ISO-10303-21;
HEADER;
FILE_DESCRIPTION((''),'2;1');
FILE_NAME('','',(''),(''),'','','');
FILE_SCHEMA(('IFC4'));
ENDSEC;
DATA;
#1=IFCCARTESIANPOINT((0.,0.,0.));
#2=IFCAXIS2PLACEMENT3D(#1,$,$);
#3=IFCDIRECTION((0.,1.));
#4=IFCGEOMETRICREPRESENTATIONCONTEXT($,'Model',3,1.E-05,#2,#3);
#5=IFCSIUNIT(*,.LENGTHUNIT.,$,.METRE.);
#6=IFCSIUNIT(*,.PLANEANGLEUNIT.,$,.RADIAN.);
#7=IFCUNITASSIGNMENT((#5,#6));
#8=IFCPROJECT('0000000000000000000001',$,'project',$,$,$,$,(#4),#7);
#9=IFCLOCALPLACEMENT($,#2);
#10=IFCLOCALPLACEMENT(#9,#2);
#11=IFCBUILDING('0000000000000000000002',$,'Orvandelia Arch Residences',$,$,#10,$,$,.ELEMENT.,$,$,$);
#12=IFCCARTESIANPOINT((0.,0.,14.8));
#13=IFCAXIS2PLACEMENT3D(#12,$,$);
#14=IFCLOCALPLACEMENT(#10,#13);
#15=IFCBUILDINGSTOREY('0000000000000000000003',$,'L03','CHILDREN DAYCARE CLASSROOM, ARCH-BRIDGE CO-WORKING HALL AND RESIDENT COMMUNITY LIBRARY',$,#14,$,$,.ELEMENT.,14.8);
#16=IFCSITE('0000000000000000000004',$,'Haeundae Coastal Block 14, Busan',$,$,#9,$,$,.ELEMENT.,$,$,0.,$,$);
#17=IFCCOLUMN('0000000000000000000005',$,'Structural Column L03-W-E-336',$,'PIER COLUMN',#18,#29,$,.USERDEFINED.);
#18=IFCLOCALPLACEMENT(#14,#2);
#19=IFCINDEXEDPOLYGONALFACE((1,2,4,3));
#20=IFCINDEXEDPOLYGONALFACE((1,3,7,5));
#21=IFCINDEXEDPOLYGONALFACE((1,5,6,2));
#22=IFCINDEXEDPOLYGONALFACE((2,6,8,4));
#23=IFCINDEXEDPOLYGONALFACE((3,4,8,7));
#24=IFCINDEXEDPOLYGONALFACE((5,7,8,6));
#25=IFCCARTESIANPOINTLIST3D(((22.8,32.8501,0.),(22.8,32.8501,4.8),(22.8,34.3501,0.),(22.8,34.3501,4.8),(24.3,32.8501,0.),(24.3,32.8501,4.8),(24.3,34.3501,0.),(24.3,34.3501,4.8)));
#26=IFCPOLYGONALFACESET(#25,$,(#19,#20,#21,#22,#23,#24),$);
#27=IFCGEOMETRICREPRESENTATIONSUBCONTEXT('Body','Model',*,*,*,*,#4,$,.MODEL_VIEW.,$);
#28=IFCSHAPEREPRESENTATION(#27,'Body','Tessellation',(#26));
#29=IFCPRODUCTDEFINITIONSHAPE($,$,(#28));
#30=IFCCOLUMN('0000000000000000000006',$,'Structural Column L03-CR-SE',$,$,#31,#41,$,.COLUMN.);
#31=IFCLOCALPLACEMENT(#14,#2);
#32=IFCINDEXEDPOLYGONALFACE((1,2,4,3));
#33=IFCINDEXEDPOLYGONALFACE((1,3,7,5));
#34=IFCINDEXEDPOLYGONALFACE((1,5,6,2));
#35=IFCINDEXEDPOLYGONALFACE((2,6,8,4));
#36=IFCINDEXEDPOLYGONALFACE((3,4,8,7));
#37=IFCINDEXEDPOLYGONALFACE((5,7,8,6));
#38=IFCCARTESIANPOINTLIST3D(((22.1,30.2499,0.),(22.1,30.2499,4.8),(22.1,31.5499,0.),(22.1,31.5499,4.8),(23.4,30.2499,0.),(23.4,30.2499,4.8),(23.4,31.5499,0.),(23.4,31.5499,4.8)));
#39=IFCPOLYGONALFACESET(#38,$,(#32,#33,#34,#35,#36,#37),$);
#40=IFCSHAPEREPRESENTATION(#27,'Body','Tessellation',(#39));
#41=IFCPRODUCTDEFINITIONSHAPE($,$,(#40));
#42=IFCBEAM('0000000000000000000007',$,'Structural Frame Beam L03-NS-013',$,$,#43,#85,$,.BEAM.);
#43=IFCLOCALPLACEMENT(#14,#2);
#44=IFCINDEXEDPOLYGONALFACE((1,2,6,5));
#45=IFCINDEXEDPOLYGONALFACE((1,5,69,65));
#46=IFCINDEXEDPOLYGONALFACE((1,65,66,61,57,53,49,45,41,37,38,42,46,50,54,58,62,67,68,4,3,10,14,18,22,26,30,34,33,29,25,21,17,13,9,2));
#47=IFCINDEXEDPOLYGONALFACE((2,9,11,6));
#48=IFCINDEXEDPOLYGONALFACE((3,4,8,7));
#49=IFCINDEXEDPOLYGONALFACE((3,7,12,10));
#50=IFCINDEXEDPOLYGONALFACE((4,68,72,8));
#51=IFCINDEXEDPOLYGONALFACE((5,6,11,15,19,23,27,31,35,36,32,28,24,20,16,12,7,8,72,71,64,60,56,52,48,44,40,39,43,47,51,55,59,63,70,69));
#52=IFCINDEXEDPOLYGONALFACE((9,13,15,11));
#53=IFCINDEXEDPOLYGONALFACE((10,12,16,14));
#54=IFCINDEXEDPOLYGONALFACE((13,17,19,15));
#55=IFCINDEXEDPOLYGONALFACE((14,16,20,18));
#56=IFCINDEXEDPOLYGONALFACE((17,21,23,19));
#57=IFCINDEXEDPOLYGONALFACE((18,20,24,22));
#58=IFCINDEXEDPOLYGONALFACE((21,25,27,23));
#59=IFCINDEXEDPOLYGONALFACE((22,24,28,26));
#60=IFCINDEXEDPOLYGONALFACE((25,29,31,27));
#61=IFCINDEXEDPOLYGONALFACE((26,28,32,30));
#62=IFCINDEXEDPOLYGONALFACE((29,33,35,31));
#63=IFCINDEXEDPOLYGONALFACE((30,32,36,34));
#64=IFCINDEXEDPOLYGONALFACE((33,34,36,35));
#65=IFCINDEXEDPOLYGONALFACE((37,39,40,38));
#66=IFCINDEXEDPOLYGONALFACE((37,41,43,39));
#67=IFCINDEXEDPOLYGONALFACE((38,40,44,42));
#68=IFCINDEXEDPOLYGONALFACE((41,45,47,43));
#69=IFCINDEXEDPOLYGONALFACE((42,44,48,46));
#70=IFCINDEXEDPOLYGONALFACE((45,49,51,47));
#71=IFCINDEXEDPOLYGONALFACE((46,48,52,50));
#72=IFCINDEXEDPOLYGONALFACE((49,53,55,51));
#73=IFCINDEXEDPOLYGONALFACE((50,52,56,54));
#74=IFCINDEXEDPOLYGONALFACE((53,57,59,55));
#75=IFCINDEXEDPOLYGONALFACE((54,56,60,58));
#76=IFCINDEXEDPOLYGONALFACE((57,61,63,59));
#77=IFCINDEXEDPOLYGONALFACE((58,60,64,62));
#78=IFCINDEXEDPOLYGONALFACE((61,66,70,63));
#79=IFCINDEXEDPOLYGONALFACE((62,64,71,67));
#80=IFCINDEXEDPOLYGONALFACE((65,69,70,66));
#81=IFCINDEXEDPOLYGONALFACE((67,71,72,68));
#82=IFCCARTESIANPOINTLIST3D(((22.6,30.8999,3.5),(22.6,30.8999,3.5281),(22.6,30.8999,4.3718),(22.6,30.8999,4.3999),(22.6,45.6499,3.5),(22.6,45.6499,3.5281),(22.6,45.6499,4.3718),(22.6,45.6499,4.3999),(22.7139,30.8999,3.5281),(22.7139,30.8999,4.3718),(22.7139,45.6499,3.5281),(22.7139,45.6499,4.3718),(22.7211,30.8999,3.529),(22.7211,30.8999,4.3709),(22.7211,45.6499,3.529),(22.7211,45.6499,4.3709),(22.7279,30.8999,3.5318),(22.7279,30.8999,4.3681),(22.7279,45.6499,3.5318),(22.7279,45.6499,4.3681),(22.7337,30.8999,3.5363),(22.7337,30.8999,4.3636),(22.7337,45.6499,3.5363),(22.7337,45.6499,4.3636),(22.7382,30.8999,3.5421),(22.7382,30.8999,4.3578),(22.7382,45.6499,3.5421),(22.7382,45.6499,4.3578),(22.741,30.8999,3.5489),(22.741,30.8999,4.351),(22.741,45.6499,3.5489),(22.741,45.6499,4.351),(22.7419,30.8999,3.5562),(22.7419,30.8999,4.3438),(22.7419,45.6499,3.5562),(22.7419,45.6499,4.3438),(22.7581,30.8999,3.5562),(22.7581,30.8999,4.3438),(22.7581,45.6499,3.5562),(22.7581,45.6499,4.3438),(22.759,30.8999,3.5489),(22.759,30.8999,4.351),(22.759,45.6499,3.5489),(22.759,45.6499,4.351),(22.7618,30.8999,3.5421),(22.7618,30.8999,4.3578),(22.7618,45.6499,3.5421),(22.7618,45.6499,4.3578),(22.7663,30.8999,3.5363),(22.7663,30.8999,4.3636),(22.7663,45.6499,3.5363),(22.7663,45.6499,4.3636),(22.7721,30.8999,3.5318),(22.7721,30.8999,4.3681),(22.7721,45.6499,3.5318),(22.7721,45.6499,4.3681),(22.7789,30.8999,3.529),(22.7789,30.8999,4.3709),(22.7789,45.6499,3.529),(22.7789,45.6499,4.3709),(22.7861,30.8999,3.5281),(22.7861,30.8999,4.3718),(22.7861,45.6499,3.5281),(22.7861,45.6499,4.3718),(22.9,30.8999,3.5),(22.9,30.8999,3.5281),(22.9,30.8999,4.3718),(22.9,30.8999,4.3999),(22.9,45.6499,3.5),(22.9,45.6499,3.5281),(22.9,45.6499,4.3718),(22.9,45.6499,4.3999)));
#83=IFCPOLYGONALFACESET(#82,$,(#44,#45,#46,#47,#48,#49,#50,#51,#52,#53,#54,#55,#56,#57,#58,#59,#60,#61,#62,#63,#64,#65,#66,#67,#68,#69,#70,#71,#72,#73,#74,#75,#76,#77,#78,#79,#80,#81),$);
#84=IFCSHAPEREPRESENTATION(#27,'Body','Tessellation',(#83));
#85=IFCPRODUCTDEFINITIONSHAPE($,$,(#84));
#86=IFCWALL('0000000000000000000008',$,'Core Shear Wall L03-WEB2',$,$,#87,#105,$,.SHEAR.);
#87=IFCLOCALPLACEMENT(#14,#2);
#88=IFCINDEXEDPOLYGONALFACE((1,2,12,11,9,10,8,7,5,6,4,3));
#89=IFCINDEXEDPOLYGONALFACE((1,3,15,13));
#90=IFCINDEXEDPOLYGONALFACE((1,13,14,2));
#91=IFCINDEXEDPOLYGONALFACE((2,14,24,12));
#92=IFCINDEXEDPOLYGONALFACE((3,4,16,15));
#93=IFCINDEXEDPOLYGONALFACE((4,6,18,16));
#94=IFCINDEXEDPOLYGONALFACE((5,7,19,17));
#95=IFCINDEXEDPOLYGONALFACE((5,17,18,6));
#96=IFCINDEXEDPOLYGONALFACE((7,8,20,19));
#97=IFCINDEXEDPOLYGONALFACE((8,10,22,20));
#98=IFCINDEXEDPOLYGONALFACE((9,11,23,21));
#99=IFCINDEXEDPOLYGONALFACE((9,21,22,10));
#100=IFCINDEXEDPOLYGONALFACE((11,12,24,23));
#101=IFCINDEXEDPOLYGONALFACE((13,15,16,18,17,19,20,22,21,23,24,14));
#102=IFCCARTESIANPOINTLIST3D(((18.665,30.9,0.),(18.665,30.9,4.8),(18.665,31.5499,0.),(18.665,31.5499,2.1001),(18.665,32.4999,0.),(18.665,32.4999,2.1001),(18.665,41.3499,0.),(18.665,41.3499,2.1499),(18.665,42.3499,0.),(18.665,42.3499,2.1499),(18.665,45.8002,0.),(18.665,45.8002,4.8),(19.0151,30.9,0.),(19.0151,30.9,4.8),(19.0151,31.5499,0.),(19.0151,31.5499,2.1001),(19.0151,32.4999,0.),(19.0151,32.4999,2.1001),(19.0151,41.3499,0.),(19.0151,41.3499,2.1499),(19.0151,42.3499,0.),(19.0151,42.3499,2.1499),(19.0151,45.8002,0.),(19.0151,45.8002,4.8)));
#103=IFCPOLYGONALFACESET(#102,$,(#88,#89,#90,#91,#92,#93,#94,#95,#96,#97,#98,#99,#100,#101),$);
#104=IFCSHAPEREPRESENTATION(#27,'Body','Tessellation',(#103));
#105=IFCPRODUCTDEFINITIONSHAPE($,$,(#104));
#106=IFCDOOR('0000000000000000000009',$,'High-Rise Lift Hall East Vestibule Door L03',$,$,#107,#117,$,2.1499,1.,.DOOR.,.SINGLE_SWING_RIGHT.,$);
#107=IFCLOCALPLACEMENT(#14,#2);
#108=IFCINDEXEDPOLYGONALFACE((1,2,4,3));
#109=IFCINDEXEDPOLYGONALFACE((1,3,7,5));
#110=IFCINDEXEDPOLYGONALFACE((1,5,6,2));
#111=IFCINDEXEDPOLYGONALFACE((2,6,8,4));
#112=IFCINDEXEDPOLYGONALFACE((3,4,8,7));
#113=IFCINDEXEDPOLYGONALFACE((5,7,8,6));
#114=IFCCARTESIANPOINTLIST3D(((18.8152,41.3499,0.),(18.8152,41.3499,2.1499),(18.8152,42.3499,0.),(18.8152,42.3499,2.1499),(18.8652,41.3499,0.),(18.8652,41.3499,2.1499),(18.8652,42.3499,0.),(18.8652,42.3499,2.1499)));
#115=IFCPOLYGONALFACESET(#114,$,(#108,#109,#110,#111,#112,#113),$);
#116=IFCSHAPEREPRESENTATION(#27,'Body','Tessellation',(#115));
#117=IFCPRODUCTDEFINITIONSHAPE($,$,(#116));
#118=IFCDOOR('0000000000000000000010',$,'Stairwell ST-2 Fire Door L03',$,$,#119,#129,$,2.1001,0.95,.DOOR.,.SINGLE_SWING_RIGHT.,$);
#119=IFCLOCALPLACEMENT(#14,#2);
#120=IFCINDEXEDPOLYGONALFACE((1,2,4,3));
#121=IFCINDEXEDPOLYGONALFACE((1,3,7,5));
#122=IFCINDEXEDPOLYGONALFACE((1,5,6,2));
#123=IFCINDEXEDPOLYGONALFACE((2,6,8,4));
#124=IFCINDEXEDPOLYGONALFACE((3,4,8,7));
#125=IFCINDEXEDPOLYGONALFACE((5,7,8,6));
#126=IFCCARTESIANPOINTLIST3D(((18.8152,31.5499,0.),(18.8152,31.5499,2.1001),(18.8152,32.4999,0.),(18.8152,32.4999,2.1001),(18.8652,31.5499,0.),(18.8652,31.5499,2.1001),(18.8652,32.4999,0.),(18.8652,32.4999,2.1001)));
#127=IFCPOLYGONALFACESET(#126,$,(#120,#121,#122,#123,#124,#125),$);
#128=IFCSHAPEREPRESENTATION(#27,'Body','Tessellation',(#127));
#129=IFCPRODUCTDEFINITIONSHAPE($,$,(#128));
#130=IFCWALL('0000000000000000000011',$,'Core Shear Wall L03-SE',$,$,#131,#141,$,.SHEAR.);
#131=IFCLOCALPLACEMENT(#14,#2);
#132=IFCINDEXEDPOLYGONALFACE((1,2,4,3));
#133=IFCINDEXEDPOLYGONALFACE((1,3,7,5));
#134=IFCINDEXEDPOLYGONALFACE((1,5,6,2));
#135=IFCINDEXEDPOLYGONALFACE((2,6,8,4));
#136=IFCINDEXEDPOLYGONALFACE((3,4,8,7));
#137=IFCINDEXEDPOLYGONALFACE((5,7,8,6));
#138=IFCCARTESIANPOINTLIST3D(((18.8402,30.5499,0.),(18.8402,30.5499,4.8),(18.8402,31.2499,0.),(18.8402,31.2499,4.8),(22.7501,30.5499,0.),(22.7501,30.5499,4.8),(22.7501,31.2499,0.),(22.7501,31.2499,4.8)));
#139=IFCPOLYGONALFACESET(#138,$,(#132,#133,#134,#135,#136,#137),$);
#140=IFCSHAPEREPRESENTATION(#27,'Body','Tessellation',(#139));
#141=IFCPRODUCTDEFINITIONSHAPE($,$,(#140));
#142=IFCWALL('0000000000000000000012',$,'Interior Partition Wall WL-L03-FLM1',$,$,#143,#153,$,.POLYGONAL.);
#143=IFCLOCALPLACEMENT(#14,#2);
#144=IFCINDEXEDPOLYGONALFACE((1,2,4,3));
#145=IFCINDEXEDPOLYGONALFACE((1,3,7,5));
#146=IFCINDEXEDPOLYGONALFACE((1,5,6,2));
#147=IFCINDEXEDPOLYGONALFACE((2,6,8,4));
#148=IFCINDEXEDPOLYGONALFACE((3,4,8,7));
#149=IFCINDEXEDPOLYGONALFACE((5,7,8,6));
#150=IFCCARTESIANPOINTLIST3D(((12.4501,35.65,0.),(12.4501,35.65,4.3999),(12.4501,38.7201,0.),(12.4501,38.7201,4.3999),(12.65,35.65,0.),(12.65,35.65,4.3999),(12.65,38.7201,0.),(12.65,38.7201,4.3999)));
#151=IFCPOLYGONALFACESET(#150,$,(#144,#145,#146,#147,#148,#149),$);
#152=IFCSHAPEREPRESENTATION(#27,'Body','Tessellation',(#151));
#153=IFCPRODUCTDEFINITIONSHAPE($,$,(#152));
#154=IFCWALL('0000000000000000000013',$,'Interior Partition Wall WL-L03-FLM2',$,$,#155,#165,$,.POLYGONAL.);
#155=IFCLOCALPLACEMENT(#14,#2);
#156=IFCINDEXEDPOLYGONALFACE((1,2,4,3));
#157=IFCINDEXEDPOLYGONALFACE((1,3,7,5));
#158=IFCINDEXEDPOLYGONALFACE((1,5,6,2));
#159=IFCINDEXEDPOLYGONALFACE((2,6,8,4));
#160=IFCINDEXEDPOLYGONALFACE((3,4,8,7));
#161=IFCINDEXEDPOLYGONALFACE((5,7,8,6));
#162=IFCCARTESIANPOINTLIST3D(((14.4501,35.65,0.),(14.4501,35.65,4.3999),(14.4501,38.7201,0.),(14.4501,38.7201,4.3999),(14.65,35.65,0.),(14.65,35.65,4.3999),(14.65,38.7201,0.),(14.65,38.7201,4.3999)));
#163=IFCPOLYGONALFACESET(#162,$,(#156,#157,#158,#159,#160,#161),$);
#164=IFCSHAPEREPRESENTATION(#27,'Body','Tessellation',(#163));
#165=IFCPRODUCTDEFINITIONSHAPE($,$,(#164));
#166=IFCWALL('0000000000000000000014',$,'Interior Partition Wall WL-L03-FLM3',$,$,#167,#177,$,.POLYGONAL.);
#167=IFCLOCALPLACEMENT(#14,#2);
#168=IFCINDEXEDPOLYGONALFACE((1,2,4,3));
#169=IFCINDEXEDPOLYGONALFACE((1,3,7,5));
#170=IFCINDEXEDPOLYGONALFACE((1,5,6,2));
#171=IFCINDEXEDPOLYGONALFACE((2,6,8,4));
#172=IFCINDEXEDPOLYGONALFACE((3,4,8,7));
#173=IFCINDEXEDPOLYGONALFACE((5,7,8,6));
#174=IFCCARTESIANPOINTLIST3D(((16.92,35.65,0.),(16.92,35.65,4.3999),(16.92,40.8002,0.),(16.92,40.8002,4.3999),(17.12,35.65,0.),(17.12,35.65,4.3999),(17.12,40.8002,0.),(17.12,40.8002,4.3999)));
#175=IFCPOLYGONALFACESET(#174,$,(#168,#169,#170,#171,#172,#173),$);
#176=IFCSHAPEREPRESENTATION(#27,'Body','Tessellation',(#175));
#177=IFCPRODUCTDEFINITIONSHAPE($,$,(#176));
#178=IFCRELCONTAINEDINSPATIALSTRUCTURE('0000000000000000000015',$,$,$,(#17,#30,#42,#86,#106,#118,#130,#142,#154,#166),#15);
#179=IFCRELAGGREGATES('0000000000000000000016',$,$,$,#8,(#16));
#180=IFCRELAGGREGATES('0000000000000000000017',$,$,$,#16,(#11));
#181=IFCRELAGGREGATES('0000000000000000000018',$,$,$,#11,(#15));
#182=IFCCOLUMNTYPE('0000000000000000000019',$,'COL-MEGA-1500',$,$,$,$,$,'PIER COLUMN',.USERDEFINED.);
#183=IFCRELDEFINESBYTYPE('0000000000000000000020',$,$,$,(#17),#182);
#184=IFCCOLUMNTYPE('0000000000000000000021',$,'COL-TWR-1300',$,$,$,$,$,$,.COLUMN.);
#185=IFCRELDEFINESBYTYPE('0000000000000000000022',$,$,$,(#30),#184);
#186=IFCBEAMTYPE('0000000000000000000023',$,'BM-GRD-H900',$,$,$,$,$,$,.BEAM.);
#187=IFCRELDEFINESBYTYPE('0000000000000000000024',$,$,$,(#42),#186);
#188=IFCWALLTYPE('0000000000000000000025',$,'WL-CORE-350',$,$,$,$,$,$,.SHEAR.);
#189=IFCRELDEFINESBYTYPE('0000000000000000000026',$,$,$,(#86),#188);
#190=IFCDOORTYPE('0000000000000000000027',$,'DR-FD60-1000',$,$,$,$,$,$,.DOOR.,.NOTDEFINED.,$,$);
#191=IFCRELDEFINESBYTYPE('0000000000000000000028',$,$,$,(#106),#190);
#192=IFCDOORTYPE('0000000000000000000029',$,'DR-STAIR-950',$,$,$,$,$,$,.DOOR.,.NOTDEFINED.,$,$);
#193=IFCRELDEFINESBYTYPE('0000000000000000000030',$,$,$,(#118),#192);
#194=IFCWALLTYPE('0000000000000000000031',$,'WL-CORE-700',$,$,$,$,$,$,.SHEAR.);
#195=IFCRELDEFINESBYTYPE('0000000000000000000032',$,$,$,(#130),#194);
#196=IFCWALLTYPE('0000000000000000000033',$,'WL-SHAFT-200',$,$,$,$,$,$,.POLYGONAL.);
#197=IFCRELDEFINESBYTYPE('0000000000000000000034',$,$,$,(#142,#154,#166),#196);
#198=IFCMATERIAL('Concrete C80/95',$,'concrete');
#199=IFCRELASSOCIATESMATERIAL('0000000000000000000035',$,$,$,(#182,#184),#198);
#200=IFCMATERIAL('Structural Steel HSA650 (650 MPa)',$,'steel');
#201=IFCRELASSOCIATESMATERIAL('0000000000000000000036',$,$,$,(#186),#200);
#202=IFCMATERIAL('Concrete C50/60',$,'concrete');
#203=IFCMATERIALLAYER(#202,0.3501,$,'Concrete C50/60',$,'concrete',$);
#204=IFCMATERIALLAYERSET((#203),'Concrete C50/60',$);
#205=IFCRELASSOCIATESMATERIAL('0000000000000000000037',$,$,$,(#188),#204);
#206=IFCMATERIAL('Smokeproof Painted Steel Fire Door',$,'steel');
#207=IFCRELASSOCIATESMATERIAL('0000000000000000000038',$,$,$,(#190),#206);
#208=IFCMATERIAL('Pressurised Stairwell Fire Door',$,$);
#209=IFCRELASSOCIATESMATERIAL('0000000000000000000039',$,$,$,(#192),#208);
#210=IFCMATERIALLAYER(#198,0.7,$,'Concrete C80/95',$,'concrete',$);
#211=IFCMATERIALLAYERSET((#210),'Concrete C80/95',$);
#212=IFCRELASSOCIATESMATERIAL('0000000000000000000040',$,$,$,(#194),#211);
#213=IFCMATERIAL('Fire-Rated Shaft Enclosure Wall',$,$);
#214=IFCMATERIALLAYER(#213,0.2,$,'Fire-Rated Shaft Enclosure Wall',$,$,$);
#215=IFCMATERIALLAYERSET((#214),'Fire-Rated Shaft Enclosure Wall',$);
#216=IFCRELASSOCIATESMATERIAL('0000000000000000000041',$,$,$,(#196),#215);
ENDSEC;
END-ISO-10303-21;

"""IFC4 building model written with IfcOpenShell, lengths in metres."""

from ifc_helpers import new_model, si_unit, direction, frame, frame_2d, origin, origin_2d, place, context, subcontext, project, spatial, rectangle, i_section, extrude, material, layer, layer_set, material_profile, profile_set, type_object, element, fill, save


model = new_model("IFC4")

# Units and contexts
model_context = context("Model", 3, precision=1e-05, world=origin(), true_north=direction((0.0, 1.0)))
body_context = subcontext(model_context, "Body", "Model", "MODEL_VIEW")
ifc_project = project(units=[si_unit("LENGTHUNIT", "METRE"), si_unit("PLANEANGLEUNIT", "RADIAN")], contexts=[model_context])

# Site, building, storey
site_placement = place(None, origin())
site = spatial("IfcSite", under=ifc_project, at=site_placement, Name="Haeundae Coastal Block 14, Busan", CompositionType="ELEMENT", RefElevation=0.0)
building_placement = place(site_placement, origin())
building = spatial("IfcBuilding", under=site, at=building_placement, Name="Orvandelia Arch Residences", CompositionType="ELEMENT")
storey_placement = place(building_placement, frame((0.0, 0.0, 14.8)))
storey = spatial("IfcBuildingStorey", under=building, at=storey_placement, Name="L03", Description="CHILDREN DAYCARE CLASSROOM, ARCH-BRIDGE CO-WORKING HALL AND RESIDENT COMMUNITY LIBRARY", CompositionType="ELEMENT", Elevation=14.8)

# Columns
ifc_material_1 = material(Name="Concrete C80/95", Category="concrete")
ifc_material_profile_1 = material_profile(ifc_material_1, rectangle(XDim=1.5, YDim=1.5, at=origin_2d()), Name="Concrete C80/95", Category="concrete")
ifc_profile_set_1 = profile_set([ifc_material_profile_1], Name="Concrete C80/95")
column_type_1 = type_object("IfcColumnType", Name="COL-MEGA-1500", ElementType="PIER COLUMN", PredefinedType="USERDEFINED", material=ifc_profile_set_1)
column_1_placement = place(storey_placement, frame((23.55, 33.6001, 0.0), z_axis=(0.0, 0.0, 1.0), x_axis=(1.0, 0.0, 0.0)))
element("IfcColumn", 1, at=column_1_placement, inside=storey, type_object=column_type_1, Name="Structural Column L03-W-E-336", ObjectType="PIER COLUMN", PredefinedType="USERDEFINED", context=body_context, shape_type="SweptSolid", body=[
    extrude(rectangle(XDim=1.5, YDim=1.5, at=origin_2d()), origin(), (0.0, 0.0, 1.0), 4.8),
])
ifc_material_profile_2 = material_profile(ifc_material_1, rectangle(XDim=1.3, YDim=1.3, at=origin_2d()), Name="Concrete C80/95", Category="concrete")
ifc_profile_set_2 = profile_set([ifc_material_profile_2], Name="Concrete C80/95")
column_type_2 = type_object("IfcColumnType", Name="COL-TWR-1300", PredefinedType="COLUMN", material=ifc_profile_set_2)
column_2_placement = place(storey_placement, frame((22.75, 30.8999, 0.0), z_axis=(0.0, 0.0, 1.0), x_axis=(1.0, 0.0, 0.0)))
element("IfcColumn", 2, at=column_2_placement, inside=storey, type_object=column_type_2, Name="Structural Column L03-CR-SE", PredefinedType="COLUMN", context=body_context, shape_type="SweptSolid", body=[
    extrude(rectangle(XDim=1.3, YDim=1.3, at=origin_2d()), origin(), (0.0, 0.0, 1.0), 4.8),
])

# Beam
ifc_material_2 = material(Name="Structural Steel HSA650 (650 MPa)", Category="steel")
ifc_material_profile_3 = material_profile(ifc_material_2, i_section(OverallWidth=0.3, OverallDepth=0.8999, WebThickness=0.0161, FlangeThickness=0.0281, FilletRadius=0.0281, at=origin_2d()), Name="Structural Steel HSA650 (650 MPa)", Category="steel")
ifc_profile_set_3 = profile_set([ifc_material_profile_3], Name="Structural Steel HSA650 (650 MPa)")
beam_type = type_object("IfcBeamType", Name="BM-GRD-H900", PredefinedType="BEAM", material=ifc_profile_set_3)
beam_placement = place(storey_placement, frame((22.75, 30.8999, 3.95), z_axis=(0.0, 1.0, 0.0), x_axis=(-1.0, 0.0, 0.0)))
element("IfcBeam", 3, at=beam_placement, inside=storey, type_object=beam_type, Name="Structural Frame Beam L03-NS-013", PredefinedType="BEAM", context=body_context, shape_type="SweptSolid", body=[
    extrude(i_section(OverallWidth=0.3, OverallDepth=0.8999, WebThickness=0.0161, FlangeThickness=0.0281, FilletRadius=0.0281, at=origin_2d()), origin(), (0.0, 0.0, 1.0), 14.75),
])

# Wall, openings, doors
ifc_material_3 = material(Name="Concrete C50/60", Category="concrete")
ifc_layer_1 = layer(ifc_material_3, 0.3501, Name="Concrete C50/60", Category="concrete")
ifc_layer_set_1 = layer_set([ifc_layer_1], Name="Concrete C50/60")
wall_type_1 = type_object("IfcWallType", Name="WL-CORE-350", PredefinedType="SHEAR", material=ifc_layer_set_1)
wall_1_placement = place(storey_placement, frame((18.8401, 30.8999, 0.0), z_axis=(0.0, 0.0, 1.0), x_axis=(0.0, 1.0, 0.0)))
wall_1 = element("IfcWall", 4, at=wall_1_placement, inside=storey, type_object=wall_type_1, Name="Core Shear Wall L03-WEB2", PredefinedType="SHEAR", context=body_context, shape_type="SweptSolid", body=[
    extrude(rectangle(XDim=14.9001, YDim=0.3501, at=frame_2d((7.4502, 0.0))), origin(), (0.0, 0.0, 1.0), 4.8),
])
opening_1_placement = place(wall_1_placement, frame((0.6499, 0.0, 0.0)))
opening_1 = element("IfcOpeningElement", 5, at=opening_1_placement, cuts=wall_1, PredefinedType="OPENING", context=body_context, shape_type="SweptSolid", body=[
    extrude(rectangle(XDim=0.95, YDim=2.1001, at=frame_2d((0.4751, 1.05))), frame((0.0, 0.1851, 0.0), z_axis=(0.0, -1.0, 0.0), x_axis=(1.0, 0.0, 0.0)), (0.0, 0.0, 1.0), 0.3701),
])
opening_2_placement = place(wall_1_placement, frame((10.45, 0.0, 0.0)))
opening_2 = element("IfcOpeningElement", 6, at=opening_2_placement, cuts=wall_1, PredefinedType="OPENING", context=body_context, shape_type="SweptSolid", body=[
    extrude(rectangle(XDim=1.0, YDim=2.1499, at=frame_2d((0.5, 1.075))), frame((0.0, 0.1851, 0.0), z_axis=(0.0, -1.0, 0.0), x_axis=(1.0, 0.0, 0.0)), (0.0, 0.0, 1.0), 0.3701),
])
ifc_material_4 = material(Name="Smokeproof Painted Steel Fire Door", Category="steel")
door_type_1 = type_object("IfcDoorType", Name="DR-FD60-1000", OperationType="NOTDEFINED", PredefinedType="DOOR", material=ifc_material_4)
door_1_placement = place(opening_2_placement, origin())
door_1 = element("IfcDoor", 7, at=door_1_placement, inside=storey, type_object=door_type_1, Name="High-Rise Lift Hall East Vestibule Door L03", OperationType="SINGLE_SWING_RIGHT", OverallHeight=2.1499, OverallWidth=1.0, PredefinedType="DOOR", context=body_context, shape_type="SweptSolid", body=[
    extrude(rectangle(XDim=1.0, YDim=2.1499, at=frame_2d((0.5, 1.075))), frame((0.0, 0.0249, 0.0), z_axis=(0.0, -1.0, 0.0), x_axis=(1.0, 0.0, 0.0)), (0.0, 0.0, 1.0), 0.05),
])
fill(opening_2, door_1)
ifc_material_5 = material(Name="Pressurised Stairwell Fire Door")
door_type_2 = type_object("IfcDoorType", Name="DR-STAIR-950", OperationType="NOTDEFINED", PredefinedType="DOOR", material=ifc_material_5)
door_2_placement = place(opening_1_placement, origin())
door_2 = element("IfcDoor", 8, at=door_2_placement, inside=storey, type_object=door_type_2, Name="Stairwell ST-2 Fire Door L03", OperationType="SINGLE_SWING_RIGHT", OverallHeight=2.1001, OverallWidth=0.95, PredefinedType="DOOR", context=body_context, shape_type="SweptSolid", body=[
    extrude(rectangle(XDim=0.95, YDim=2.1001, at=frame_2d((0.4751, 1.05))), frame((0.0, 0.0249, 0.0), z_axis=(0.0, -1.0, 0.0), x_axis=(1.0, 0.0, 0.0)), (0.0, 0.0, 1.0), 0.05),
])
fill(opening_1, door_2)

# Walls
ifc_layer_2 = layer(ifc_material_1, 0.7, Name="Concrete C80/95", Category="concrete")
ifc_layer_set_2 = layer_set([ifc_layer_2], Name="Concrete C80/95")
wall_type_2 = type_object("IfcWallType", Name="WL-CORE-700", PredefinedType="SHEAR", material=ifc_layer_set_2)
wall_2_placement = place(storey_placement, frame((18.8401, 30.8999, 0.0), z_axis=(0.0, 0.0, 1.0), x_axis=(1.0, 0.0, 0.0)))
element("IfcWall", 9, at=wall_2_placement, inside=storey, type_object=wall_type_2, Name="Core Shear Wall L03-SE", PredefinedType="SHEAR", context=body_context, shape_type="SweptSolid", body=[
    extrude(rectangle(XDim=3.9099, YDim=0.7, at=frame_2d((1.9551, 0.0))), origin(), (0.0, 0.0, 1.0), 4.8),
])
ifc_material_6 = material(Name="Fire-Rated Shaft Enclosure Wall")
ifc_layer_3 = layer(ifc_material_6, 0.2, Name="Fire-Rated Shaft Enclosure Wall")
ifc_layer_set_3 = layer_set([ifc_layer_3], Name="Fire-Rated Shaft Enclosure Wall")
wall_type_3 = type_object("IfcWallType", Name="WL-SHAFT-200", PredefinedType="POLYGONAL", material=ifc_layer_set_3)
for number, where, z_axis, x_axis, name in (
    (10, (12.55, 35.6499, 0.0), (0.0, 0.0, 1.0), (0.0, 1.0, 0.0), "Interior Partition Wall WL-L03-FLM1"),
    (11, (14.55, 35.6499, 0.0), (0.0, 0.0, 1.0), (0.0, 1.0, 0.0), "Interior Partition Wall WL-L03-FLM2"),
):
    element("IfcWall", number, at=place(storey_placement, frame(where, z_axis=z_axis, x_axis=x_axis)), inside=storey, type_object=wall_type_3, Name=name, PredefinedType="POLYGONAL", context=body_context, shape_type="SweptSolid", body=[
        extrude(rectangle(XDim=3.0701, YDim=0.2, at=frame_2d((1.5352, 0.0))), origin(), (0.0, 0.0, 1.0), 4.3999),
    ])
wall_3_placement = place(storey_placement, frame((17.02, 35.6499, 0.0), z_axis=(0.0, 0.0, 1.0), x_axis=(0.0, 1.0, 0.0)))
element("IfcWall", 12, at=wall_3_placement, inside=storey, type_object=wall_type_3, Name="Interior Partition Wall WL-L03-FLM3", PredefinedType="POLYGONAL", context=body_context, shape_type="SweptSolid", body=[
    extrude(rectangle(XDim=5.1501, YDim=0.2, at=frame_2d((2.5752, 0.0))), origin(), (0.0, 0.0, 1.0), 4.3999),
])

save(model, "model.ifc")
